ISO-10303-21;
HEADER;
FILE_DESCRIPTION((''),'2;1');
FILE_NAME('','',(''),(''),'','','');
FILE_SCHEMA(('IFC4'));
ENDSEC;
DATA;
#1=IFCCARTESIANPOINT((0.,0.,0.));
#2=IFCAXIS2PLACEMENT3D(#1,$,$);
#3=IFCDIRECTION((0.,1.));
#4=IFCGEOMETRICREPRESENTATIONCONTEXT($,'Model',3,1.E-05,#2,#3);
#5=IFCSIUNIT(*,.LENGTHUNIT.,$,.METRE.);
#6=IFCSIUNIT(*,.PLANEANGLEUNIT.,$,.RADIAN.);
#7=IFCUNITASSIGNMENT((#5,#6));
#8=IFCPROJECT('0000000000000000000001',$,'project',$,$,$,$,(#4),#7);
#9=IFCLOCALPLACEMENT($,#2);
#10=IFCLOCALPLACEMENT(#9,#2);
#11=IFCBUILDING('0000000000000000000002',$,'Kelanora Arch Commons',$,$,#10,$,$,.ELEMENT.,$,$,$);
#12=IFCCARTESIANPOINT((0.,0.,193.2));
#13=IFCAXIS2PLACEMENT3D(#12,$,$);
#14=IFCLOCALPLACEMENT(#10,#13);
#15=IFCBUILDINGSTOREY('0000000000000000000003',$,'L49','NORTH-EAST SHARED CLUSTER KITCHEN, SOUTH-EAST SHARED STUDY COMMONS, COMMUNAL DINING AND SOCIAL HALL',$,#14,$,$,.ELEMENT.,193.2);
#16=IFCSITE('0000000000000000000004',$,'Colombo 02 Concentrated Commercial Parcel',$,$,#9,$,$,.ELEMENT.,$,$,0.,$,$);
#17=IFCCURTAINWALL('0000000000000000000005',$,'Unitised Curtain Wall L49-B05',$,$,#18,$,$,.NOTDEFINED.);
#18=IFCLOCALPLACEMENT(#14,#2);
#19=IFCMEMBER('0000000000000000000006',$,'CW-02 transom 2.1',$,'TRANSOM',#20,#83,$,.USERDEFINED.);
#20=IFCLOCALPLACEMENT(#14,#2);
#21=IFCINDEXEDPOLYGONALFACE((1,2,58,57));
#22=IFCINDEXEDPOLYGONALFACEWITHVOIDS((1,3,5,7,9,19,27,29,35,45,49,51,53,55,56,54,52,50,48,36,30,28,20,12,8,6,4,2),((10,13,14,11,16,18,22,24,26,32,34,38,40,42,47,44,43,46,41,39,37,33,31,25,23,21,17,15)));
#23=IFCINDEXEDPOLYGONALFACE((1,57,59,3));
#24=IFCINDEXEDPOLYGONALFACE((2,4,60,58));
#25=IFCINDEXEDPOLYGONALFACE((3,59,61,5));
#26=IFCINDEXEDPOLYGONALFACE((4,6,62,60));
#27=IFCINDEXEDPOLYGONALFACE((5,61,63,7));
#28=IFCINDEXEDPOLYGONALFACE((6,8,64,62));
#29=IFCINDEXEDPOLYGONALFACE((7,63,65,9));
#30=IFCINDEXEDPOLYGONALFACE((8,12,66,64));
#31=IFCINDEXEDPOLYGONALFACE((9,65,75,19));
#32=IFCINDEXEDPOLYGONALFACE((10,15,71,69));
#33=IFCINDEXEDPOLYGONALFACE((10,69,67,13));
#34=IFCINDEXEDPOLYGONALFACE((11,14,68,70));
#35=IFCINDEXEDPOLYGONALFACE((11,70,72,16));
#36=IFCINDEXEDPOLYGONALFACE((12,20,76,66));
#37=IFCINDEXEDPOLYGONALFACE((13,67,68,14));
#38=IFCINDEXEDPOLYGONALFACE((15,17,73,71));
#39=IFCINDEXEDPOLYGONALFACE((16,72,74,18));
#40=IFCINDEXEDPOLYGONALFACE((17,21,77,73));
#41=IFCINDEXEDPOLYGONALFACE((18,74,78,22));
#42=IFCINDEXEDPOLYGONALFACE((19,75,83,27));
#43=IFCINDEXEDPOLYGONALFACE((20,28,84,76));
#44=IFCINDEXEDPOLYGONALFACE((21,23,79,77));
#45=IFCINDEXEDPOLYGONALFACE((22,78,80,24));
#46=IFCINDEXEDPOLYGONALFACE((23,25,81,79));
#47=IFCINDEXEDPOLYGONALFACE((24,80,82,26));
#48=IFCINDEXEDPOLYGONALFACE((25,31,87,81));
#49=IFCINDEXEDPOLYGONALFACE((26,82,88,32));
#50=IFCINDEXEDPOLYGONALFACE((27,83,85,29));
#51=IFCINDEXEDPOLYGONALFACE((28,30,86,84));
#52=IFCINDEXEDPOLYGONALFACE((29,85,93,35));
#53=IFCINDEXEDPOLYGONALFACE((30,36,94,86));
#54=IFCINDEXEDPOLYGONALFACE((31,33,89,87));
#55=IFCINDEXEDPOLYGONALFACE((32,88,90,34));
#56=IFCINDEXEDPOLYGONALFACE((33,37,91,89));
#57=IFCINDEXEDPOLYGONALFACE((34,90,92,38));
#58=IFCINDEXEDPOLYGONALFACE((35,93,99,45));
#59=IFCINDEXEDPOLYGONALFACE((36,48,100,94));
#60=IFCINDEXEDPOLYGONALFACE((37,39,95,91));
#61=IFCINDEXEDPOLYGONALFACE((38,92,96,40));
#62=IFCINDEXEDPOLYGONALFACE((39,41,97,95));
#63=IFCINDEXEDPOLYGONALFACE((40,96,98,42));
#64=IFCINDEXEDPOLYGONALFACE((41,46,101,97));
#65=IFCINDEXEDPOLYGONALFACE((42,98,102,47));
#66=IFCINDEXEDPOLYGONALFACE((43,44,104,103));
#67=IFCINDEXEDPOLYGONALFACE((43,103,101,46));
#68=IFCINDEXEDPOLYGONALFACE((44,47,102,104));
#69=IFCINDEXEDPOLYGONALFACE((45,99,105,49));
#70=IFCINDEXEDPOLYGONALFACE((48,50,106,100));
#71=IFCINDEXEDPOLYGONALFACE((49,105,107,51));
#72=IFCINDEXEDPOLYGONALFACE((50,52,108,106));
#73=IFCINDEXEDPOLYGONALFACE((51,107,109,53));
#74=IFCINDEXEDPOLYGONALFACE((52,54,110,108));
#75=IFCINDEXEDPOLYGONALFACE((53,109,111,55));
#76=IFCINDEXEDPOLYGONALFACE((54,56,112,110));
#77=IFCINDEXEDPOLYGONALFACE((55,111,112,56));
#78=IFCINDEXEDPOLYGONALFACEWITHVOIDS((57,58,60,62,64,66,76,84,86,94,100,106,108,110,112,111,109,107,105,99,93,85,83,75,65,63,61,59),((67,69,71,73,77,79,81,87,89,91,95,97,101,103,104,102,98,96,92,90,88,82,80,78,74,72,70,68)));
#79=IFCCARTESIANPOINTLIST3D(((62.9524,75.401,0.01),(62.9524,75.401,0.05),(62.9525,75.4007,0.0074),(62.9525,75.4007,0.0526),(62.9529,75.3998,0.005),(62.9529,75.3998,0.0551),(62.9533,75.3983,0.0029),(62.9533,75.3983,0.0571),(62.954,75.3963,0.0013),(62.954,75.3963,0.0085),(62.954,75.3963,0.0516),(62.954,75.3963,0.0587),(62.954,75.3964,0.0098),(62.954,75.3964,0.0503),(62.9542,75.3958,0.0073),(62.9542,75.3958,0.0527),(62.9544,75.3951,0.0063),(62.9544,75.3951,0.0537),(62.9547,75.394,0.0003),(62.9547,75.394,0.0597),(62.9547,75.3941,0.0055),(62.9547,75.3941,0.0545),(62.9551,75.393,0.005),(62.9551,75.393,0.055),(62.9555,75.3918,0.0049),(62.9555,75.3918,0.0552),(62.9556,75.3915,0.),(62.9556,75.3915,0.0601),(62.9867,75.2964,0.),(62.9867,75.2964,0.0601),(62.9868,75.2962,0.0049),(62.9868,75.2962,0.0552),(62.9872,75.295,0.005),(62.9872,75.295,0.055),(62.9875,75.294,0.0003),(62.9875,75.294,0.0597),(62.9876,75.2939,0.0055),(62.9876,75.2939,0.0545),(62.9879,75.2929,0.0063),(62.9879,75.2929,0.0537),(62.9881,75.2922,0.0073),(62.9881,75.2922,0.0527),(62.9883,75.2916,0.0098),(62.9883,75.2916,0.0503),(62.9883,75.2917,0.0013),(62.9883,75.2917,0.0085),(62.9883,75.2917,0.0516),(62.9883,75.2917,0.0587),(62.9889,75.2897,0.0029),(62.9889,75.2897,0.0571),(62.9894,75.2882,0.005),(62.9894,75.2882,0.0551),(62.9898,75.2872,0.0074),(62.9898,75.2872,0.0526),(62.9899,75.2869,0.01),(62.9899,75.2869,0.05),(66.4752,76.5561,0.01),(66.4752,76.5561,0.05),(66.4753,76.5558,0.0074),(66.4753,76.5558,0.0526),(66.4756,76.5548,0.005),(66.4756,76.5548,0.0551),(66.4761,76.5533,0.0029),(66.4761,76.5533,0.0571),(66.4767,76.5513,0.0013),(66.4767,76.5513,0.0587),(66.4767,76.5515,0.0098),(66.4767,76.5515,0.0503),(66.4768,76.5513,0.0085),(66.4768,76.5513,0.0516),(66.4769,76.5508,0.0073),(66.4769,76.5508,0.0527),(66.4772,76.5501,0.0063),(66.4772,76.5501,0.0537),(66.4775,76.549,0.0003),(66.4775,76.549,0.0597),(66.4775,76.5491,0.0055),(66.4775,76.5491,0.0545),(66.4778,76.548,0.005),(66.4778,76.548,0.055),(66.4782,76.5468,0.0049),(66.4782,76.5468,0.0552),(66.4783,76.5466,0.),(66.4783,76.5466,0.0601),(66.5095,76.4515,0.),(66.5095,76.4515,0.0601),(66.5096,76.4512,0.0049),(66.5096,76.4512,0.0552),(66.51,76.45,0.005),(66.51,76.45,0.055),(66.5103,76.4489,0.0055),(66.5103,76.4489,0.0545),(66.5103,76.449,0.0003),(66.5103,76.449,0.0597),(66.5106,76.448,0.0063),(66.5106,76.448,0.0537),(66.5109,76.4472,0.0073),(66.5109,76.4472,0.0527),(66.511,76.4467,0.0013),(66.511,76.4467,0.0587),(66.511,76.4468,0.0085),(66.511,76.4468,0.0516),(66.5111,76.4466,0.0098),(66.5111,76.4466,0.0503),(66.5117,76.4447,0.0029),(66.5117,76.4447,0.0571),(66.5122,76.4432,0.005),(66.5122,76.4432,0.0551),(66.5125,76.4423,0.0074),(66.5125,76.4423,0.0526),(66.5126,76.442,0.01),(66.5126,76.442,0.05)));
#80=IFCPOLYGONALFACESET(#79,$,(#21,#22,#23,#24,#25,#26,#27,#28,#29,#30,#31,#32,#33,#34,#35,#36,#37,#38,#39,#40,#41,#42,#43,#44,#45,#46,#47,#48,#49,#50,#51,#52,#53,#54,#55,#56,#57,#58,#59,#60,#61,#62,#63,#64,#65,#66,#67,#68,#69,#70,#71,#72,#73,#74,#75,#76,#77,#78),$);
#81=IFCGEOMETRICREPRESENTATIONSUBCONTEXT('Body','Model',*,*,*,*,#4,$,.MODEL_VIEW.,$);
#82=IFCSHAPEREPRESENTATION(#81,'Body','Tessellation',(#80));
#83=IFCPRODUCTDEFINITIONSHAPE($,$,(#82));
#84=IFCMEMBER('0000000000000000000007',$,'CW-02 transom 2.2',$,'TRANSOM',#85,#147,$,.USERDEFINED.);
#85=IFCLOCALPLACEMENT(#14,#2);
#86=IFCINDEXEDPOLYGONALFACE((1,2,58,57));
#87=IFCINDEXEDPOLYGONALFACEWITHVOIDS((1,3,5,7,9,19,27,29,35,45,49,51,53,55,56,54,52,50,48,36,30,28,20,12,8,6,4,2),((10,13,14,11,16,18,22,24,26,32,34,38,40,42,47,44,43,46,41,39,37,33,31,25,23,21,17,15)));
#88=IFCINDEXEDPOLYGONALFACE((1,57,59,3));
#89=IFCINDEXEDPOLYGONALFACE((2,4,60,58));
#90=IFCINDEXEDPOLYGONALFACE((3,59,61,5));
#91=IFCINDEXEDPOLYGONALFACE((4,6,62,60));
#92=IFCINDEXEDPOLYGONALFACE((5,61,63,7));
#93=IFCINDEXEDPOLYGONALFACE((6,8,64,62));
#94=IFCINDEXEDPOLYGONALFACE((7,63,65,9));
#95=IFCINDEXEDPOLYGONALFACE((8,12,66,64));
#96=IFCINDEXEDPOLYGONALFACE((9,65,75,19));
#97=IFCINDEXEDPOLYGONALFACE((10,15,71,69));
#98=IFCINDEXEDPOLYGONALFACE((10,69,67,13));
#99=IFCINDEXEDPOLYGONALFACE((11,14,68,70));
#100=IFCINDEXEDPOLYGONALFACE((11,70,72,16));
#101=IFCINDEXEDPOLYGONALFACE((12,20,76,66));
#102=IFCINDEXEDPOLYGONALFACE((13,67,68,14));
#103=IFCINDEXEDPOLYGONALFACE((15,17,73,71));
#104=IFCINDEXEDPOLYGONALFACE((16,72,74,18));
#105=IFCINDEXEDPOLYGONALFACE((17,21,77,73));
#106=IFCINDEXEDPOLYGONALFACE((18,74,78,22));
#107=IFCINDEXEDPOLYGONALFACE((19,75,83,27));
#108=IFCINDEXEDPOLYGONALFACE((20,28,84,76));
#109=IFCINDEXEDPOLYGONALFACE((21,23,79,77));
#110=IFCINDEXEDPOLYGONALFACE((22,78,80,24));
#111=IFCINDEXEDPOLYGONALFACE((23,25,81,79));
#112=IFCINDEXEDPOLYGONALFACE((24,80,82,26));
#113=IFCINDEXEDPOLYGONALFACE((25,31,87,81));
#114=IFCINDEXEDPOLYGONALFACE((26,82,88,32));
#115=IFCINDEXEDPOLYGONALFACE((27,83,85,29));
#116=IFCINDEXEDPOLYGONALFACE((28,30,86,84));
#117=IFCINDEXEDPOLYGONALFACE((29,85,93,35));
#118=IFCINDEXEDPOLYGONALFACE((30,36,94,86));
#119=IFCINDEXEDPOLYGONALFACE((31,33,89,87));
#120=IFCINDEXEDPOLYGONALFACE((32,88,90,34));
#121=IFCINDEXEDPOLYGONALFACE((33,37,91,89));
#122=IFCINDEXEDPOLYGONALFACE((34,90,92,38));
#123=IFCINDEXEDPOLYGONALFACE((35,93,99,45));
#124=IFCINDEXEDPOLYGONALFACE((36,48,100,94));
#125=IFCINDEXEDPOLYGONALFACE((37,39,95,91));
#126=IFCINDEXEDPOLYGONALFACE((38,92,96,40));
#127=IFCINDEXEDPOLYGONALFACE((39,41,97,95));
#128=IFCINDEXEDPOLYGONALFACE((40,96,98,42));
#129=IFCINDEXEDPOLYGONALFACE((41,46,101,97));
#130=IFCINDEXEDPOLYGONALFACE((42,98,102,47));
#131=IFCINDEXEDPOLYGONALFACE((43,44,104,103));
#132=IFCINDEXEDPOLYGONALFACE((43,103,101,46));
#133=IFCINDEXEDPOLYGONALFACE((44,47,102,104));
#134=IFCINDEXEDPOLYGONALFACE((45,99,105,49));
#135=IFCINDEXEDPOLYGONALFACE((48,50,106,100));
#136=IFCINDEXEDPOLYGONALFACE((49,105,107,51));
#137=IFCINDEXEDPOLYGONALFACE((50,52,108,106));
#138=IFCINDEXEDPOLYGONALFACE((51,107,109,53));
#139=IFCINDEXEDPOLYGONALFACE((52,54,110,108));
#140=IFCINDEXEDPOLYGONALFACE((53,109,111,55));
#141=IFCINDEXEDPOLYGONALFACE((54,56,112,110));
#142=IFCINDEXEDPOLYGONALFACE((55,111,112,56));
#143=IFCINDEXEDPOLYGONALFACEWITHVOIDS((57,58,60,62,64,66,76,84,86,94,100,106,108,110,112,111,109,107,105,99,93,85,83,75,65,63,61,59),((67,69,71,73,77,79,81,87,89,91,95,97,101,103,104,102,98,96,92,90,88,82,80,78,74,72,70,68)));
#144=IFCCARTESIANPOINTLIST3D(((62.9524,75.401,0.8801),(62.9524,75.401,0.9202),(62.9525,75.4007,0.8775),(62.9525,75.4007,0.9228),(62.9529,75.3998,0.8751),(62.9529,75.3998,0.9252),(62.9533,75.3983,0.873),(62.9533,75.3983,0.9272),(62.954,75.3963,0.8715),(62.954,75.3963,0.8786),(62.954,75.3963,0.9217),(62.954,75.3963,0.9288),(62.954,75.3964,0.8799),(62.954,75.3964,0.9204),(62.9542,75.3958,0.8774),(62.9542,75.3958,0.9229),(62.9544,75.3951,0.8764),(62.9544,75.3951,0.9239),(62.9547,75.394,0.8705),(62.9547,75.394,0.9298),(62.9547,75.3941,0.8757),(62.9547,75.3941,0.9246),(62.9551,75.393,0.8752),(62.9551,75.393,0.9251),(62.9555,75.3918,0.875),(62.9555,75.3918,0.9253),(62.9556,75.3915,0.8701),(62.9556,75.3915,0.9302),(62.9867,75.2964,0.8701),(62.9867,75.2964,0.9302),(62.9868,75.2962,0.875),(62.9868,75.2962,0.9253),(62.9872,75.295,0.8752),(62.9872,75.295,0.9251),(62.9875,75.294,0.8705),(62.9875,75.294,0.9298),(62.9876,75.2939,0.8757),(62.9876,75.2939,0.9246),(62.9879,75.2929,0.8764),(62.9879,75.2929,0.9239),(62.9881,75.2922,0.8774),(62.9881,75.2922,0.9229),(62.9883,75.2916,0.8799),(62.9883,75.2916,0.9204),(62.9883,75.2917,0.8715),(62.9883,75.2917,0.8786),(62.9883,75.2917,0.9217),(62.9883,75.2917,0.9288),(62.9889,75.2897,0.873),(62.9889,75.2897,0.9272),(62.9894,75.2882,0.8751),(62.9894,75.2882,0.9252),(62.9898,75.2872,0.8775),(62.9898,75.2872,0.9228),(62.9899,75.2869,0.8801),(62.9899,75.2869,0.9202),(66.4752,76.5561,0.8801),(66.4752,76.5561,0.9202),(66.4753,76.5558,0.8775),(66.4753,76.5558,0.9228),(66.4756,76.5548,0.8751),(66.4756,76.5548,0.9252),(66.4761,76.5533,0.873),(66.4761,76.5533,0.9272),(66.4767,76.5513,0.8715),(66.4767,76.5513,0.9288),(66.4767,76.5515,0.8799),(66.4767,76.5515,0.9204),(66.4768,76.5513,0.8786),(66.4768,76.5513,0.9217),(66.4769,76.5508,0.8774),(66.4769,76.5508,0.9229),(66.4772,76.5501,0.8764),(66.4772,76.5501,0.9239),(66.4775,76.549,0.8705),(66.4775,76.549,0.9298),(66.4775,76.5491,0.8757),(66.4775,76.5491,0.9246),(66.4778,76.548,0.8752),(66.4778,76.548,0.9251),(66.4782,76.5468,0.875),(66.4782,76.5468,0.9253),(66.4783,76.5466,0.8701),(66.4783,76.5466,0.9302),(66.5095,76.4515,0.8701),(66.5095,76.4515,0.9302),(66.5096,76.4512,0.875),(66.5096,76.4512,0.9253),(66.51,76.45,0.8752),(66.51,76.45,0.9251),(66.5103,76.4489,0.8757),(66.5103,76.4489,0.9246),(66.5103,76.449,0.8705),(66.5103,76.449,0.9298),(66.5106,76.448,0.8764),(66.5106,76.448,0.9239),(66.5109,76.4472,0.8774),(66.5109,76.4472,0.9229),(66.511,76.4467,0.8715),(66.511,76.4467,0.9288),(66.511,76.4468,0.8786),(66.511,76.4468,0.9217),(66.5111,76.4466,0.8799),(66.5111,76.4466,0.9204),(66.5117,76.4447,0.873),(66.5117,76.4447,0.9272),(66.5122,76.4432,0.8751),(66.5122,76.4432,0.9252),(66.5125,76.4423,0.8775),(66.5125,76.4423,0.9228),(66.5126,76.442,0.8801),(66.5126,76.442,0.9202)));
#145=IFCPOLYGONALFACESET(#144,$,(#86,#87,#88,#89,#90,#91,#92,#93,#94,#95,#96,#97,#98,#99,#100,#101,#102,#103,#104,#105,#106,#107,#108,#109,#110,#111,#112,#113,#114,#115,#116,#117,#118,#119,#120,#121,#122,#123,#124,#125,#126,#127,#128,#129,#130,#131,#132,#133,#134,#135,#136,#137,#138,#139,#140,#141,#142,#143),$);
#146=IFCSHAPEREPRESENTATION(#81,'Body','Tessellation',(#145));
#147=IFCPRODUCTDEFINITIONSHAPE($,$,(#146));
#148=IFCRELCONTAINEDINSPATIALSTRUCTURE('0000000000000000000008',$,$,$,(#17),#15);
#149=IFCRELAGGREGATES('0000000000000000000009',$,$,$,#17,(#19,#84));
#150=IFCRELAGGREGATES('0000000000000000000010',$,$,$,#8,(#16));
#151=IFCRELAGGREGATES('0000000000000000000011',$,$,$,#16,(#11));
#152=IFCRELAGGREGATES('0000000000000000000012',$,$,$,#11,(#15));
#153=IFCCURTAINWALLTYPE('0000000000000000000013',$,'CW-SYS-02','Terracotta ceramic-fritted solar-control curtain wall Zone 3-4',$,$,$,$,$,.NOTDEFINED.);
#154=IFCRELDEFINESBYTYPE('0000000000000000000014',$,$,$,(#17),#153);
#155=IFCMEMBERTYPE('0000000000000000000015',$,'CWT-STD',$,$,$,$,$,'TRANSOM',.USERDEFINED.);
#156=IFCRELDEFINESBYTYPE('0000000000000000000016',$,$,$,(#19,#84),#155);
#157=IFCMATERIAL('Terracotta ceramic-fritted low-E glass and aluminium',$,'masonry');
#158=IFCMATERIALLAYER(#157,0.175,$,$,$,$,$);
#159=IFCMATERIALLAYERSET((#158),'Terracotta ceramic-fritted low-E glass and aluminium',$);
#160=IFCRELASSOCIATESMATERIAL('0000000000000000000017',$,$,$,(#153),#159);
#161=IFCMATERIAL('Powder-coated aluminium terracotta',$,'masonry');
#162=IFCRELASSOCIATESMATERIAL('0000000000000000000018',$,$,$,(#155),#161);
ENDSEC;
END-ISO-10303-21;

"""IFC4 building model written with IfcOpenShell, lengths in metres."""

from ifc_helpers import new_model, si_unit, direction, frame, origin, origin_2d, place, context, subcontext, project, spatial, hollow_rectangle, extrude, material, layer, layer_set, material_profile, profile_set, type_object, element, aggregate, save


model = new_model("IFC4")

# Units and contexts
model_context = context("Model", 3, precision=1e-05, world=origin(), true_north=direction((0.0, 1.0)))
body_context = subcontext(model_context, "Body", "Model", "MODEL_VIEW")
ifc_project = project(units=[si_unit("LENGTHUNIT", "METRE"), si_unit("PLANEANGLEUNIT", "RADIAN")], contexts=[model_context])

# Site, building, storey
site_placement = place(None, origin())
site = spatial("IfcSite", under=ifc_project, at=site_placement, Name="Colombo 02 Concentrated Commercial Parcel", CompositionType="ELEMENT", RefElevation=0.0)
building_placement = place(site_placement, origin())
building = spatial("IfcBuilding", under=site, at=building_placement, Name="Kelanora Arch Commons", CompositionType="ELEMENT")
storey_placement = place(building_placement, frame((0.0, 0.0, 193.2)))
storey = spatial("IfcBuildingStorey", under=building, at=storey_placement, Name="L49", Description="NORTH-EAST SHARED CLUSTER KITCHEN, SOUTH-EAST SHARED STUDY COMMONS, COMMUNAL DINING AND SOCIAL HALL", CompositionType="ELEMENT", Elevation=193.2)

# Curtain wall, members
ifc_material_1 = material(Name="Terracotta ceramic-fritted low-E glass and aluminium", Category="masonry")
ifc_layer_1 = layer(ifc_material_1, 0.175)
ifc_layer_set_1 = layer_set([ifc_layer_1], Name="Terracotta ceramic-fritted low-E glass and aluminium")
curtain_wall_type = type_object("IfcCurtainWallType", Name="CW-SYS-02", Description="Terracotta ceramic-fritted solar-control curtain wall Zone 3-4", PredefinedType="NOTDEFINED", material=ifc_layer_set_1)
curtain_wall_placement = place(storey_placement, origin())
curtain_wall = element("IfcCurtainWall", 1, at=curtain_wall_placement, inside=storey, type_object=curtain_wall_type, Name="Unitised Curtain Wall L49-B05", PredefinedType="NOTDEFINED")
ifc_material_2 = material(Name="Powder-coated aluminium terracotta", Category="masonry")
ifc_material_profile_1 = material_profile(ifc_material_2, hollow_rectangle(XDim=0.1201, YDim=0.0601, WallThickness=0.0049, InnerFilletRadius=0.0049, OuterFilletRadius=0.01, at=origin_2d()), Name="CWT120x60")
ifc_profile_set_1 = profile_set([ifc_material_profile_1], Name="Powder-coated aluminium terracotta")
member_type_1 = type_object("IfcMemberType", Name="CWT-STD", ElementType="TRANSOM", PredefinedType="USERDEFINED", material=ifc_profile_set_1)
member_1_placement = place(storey_placement, frame((66.4939, 76.499, 0.03), z_axis=(-0.950226, -0.311561, 0.0), x_axis=(0.311561, -0.950226, 0.0)))
member_1 = element("IfcMember", 2, at=member_1_placement, type_object=member_type_1, Name="CW-02 transom 2.1", ObjectType="TRANSOM", PredefinedType="USERDEFINED", context=body_context, shape_type="SweptSolid", body=[
    extrude(hollow_rectangle(XDim=0.1201, YDim=0.0601, WallThickness=0.0049, InnerFilletRadius=0.0049, OuterFilletRadius=0.01, at=origin_2d()), origin(), (0.0, 0.0, 1.0), 3.7073),
])
member_2_placement = place(storey_placement, frame((66.4939, 76.499, 0.9001), z_axis=(-0.950226, -0.311561, 0.0), x_axis=(0.311561, -0.950226, 0.0)))
member_2 = element("IfcMember", 3, at=member_2_placement, type_object=member_type_1, Name="CW-02 transom 2.2", ObjectType="TRANSOM", PredefinedType="USERDEFINED", context=body_context, shape_type="SweptSolid", body=[
    extrude(hollow_rectangle(XDim=0.1201, YDim=0.0601, WallThickness=0.0049, InnerFilletRadius=0.0049, OuterFilletRadius=0.01, at=origin_2d()), origin(), (0.0, 0.0, 1.0), 3.7073),
])
aggregate(curtain_wall, [member_1, member_2])

save(model, "model.ifc")
